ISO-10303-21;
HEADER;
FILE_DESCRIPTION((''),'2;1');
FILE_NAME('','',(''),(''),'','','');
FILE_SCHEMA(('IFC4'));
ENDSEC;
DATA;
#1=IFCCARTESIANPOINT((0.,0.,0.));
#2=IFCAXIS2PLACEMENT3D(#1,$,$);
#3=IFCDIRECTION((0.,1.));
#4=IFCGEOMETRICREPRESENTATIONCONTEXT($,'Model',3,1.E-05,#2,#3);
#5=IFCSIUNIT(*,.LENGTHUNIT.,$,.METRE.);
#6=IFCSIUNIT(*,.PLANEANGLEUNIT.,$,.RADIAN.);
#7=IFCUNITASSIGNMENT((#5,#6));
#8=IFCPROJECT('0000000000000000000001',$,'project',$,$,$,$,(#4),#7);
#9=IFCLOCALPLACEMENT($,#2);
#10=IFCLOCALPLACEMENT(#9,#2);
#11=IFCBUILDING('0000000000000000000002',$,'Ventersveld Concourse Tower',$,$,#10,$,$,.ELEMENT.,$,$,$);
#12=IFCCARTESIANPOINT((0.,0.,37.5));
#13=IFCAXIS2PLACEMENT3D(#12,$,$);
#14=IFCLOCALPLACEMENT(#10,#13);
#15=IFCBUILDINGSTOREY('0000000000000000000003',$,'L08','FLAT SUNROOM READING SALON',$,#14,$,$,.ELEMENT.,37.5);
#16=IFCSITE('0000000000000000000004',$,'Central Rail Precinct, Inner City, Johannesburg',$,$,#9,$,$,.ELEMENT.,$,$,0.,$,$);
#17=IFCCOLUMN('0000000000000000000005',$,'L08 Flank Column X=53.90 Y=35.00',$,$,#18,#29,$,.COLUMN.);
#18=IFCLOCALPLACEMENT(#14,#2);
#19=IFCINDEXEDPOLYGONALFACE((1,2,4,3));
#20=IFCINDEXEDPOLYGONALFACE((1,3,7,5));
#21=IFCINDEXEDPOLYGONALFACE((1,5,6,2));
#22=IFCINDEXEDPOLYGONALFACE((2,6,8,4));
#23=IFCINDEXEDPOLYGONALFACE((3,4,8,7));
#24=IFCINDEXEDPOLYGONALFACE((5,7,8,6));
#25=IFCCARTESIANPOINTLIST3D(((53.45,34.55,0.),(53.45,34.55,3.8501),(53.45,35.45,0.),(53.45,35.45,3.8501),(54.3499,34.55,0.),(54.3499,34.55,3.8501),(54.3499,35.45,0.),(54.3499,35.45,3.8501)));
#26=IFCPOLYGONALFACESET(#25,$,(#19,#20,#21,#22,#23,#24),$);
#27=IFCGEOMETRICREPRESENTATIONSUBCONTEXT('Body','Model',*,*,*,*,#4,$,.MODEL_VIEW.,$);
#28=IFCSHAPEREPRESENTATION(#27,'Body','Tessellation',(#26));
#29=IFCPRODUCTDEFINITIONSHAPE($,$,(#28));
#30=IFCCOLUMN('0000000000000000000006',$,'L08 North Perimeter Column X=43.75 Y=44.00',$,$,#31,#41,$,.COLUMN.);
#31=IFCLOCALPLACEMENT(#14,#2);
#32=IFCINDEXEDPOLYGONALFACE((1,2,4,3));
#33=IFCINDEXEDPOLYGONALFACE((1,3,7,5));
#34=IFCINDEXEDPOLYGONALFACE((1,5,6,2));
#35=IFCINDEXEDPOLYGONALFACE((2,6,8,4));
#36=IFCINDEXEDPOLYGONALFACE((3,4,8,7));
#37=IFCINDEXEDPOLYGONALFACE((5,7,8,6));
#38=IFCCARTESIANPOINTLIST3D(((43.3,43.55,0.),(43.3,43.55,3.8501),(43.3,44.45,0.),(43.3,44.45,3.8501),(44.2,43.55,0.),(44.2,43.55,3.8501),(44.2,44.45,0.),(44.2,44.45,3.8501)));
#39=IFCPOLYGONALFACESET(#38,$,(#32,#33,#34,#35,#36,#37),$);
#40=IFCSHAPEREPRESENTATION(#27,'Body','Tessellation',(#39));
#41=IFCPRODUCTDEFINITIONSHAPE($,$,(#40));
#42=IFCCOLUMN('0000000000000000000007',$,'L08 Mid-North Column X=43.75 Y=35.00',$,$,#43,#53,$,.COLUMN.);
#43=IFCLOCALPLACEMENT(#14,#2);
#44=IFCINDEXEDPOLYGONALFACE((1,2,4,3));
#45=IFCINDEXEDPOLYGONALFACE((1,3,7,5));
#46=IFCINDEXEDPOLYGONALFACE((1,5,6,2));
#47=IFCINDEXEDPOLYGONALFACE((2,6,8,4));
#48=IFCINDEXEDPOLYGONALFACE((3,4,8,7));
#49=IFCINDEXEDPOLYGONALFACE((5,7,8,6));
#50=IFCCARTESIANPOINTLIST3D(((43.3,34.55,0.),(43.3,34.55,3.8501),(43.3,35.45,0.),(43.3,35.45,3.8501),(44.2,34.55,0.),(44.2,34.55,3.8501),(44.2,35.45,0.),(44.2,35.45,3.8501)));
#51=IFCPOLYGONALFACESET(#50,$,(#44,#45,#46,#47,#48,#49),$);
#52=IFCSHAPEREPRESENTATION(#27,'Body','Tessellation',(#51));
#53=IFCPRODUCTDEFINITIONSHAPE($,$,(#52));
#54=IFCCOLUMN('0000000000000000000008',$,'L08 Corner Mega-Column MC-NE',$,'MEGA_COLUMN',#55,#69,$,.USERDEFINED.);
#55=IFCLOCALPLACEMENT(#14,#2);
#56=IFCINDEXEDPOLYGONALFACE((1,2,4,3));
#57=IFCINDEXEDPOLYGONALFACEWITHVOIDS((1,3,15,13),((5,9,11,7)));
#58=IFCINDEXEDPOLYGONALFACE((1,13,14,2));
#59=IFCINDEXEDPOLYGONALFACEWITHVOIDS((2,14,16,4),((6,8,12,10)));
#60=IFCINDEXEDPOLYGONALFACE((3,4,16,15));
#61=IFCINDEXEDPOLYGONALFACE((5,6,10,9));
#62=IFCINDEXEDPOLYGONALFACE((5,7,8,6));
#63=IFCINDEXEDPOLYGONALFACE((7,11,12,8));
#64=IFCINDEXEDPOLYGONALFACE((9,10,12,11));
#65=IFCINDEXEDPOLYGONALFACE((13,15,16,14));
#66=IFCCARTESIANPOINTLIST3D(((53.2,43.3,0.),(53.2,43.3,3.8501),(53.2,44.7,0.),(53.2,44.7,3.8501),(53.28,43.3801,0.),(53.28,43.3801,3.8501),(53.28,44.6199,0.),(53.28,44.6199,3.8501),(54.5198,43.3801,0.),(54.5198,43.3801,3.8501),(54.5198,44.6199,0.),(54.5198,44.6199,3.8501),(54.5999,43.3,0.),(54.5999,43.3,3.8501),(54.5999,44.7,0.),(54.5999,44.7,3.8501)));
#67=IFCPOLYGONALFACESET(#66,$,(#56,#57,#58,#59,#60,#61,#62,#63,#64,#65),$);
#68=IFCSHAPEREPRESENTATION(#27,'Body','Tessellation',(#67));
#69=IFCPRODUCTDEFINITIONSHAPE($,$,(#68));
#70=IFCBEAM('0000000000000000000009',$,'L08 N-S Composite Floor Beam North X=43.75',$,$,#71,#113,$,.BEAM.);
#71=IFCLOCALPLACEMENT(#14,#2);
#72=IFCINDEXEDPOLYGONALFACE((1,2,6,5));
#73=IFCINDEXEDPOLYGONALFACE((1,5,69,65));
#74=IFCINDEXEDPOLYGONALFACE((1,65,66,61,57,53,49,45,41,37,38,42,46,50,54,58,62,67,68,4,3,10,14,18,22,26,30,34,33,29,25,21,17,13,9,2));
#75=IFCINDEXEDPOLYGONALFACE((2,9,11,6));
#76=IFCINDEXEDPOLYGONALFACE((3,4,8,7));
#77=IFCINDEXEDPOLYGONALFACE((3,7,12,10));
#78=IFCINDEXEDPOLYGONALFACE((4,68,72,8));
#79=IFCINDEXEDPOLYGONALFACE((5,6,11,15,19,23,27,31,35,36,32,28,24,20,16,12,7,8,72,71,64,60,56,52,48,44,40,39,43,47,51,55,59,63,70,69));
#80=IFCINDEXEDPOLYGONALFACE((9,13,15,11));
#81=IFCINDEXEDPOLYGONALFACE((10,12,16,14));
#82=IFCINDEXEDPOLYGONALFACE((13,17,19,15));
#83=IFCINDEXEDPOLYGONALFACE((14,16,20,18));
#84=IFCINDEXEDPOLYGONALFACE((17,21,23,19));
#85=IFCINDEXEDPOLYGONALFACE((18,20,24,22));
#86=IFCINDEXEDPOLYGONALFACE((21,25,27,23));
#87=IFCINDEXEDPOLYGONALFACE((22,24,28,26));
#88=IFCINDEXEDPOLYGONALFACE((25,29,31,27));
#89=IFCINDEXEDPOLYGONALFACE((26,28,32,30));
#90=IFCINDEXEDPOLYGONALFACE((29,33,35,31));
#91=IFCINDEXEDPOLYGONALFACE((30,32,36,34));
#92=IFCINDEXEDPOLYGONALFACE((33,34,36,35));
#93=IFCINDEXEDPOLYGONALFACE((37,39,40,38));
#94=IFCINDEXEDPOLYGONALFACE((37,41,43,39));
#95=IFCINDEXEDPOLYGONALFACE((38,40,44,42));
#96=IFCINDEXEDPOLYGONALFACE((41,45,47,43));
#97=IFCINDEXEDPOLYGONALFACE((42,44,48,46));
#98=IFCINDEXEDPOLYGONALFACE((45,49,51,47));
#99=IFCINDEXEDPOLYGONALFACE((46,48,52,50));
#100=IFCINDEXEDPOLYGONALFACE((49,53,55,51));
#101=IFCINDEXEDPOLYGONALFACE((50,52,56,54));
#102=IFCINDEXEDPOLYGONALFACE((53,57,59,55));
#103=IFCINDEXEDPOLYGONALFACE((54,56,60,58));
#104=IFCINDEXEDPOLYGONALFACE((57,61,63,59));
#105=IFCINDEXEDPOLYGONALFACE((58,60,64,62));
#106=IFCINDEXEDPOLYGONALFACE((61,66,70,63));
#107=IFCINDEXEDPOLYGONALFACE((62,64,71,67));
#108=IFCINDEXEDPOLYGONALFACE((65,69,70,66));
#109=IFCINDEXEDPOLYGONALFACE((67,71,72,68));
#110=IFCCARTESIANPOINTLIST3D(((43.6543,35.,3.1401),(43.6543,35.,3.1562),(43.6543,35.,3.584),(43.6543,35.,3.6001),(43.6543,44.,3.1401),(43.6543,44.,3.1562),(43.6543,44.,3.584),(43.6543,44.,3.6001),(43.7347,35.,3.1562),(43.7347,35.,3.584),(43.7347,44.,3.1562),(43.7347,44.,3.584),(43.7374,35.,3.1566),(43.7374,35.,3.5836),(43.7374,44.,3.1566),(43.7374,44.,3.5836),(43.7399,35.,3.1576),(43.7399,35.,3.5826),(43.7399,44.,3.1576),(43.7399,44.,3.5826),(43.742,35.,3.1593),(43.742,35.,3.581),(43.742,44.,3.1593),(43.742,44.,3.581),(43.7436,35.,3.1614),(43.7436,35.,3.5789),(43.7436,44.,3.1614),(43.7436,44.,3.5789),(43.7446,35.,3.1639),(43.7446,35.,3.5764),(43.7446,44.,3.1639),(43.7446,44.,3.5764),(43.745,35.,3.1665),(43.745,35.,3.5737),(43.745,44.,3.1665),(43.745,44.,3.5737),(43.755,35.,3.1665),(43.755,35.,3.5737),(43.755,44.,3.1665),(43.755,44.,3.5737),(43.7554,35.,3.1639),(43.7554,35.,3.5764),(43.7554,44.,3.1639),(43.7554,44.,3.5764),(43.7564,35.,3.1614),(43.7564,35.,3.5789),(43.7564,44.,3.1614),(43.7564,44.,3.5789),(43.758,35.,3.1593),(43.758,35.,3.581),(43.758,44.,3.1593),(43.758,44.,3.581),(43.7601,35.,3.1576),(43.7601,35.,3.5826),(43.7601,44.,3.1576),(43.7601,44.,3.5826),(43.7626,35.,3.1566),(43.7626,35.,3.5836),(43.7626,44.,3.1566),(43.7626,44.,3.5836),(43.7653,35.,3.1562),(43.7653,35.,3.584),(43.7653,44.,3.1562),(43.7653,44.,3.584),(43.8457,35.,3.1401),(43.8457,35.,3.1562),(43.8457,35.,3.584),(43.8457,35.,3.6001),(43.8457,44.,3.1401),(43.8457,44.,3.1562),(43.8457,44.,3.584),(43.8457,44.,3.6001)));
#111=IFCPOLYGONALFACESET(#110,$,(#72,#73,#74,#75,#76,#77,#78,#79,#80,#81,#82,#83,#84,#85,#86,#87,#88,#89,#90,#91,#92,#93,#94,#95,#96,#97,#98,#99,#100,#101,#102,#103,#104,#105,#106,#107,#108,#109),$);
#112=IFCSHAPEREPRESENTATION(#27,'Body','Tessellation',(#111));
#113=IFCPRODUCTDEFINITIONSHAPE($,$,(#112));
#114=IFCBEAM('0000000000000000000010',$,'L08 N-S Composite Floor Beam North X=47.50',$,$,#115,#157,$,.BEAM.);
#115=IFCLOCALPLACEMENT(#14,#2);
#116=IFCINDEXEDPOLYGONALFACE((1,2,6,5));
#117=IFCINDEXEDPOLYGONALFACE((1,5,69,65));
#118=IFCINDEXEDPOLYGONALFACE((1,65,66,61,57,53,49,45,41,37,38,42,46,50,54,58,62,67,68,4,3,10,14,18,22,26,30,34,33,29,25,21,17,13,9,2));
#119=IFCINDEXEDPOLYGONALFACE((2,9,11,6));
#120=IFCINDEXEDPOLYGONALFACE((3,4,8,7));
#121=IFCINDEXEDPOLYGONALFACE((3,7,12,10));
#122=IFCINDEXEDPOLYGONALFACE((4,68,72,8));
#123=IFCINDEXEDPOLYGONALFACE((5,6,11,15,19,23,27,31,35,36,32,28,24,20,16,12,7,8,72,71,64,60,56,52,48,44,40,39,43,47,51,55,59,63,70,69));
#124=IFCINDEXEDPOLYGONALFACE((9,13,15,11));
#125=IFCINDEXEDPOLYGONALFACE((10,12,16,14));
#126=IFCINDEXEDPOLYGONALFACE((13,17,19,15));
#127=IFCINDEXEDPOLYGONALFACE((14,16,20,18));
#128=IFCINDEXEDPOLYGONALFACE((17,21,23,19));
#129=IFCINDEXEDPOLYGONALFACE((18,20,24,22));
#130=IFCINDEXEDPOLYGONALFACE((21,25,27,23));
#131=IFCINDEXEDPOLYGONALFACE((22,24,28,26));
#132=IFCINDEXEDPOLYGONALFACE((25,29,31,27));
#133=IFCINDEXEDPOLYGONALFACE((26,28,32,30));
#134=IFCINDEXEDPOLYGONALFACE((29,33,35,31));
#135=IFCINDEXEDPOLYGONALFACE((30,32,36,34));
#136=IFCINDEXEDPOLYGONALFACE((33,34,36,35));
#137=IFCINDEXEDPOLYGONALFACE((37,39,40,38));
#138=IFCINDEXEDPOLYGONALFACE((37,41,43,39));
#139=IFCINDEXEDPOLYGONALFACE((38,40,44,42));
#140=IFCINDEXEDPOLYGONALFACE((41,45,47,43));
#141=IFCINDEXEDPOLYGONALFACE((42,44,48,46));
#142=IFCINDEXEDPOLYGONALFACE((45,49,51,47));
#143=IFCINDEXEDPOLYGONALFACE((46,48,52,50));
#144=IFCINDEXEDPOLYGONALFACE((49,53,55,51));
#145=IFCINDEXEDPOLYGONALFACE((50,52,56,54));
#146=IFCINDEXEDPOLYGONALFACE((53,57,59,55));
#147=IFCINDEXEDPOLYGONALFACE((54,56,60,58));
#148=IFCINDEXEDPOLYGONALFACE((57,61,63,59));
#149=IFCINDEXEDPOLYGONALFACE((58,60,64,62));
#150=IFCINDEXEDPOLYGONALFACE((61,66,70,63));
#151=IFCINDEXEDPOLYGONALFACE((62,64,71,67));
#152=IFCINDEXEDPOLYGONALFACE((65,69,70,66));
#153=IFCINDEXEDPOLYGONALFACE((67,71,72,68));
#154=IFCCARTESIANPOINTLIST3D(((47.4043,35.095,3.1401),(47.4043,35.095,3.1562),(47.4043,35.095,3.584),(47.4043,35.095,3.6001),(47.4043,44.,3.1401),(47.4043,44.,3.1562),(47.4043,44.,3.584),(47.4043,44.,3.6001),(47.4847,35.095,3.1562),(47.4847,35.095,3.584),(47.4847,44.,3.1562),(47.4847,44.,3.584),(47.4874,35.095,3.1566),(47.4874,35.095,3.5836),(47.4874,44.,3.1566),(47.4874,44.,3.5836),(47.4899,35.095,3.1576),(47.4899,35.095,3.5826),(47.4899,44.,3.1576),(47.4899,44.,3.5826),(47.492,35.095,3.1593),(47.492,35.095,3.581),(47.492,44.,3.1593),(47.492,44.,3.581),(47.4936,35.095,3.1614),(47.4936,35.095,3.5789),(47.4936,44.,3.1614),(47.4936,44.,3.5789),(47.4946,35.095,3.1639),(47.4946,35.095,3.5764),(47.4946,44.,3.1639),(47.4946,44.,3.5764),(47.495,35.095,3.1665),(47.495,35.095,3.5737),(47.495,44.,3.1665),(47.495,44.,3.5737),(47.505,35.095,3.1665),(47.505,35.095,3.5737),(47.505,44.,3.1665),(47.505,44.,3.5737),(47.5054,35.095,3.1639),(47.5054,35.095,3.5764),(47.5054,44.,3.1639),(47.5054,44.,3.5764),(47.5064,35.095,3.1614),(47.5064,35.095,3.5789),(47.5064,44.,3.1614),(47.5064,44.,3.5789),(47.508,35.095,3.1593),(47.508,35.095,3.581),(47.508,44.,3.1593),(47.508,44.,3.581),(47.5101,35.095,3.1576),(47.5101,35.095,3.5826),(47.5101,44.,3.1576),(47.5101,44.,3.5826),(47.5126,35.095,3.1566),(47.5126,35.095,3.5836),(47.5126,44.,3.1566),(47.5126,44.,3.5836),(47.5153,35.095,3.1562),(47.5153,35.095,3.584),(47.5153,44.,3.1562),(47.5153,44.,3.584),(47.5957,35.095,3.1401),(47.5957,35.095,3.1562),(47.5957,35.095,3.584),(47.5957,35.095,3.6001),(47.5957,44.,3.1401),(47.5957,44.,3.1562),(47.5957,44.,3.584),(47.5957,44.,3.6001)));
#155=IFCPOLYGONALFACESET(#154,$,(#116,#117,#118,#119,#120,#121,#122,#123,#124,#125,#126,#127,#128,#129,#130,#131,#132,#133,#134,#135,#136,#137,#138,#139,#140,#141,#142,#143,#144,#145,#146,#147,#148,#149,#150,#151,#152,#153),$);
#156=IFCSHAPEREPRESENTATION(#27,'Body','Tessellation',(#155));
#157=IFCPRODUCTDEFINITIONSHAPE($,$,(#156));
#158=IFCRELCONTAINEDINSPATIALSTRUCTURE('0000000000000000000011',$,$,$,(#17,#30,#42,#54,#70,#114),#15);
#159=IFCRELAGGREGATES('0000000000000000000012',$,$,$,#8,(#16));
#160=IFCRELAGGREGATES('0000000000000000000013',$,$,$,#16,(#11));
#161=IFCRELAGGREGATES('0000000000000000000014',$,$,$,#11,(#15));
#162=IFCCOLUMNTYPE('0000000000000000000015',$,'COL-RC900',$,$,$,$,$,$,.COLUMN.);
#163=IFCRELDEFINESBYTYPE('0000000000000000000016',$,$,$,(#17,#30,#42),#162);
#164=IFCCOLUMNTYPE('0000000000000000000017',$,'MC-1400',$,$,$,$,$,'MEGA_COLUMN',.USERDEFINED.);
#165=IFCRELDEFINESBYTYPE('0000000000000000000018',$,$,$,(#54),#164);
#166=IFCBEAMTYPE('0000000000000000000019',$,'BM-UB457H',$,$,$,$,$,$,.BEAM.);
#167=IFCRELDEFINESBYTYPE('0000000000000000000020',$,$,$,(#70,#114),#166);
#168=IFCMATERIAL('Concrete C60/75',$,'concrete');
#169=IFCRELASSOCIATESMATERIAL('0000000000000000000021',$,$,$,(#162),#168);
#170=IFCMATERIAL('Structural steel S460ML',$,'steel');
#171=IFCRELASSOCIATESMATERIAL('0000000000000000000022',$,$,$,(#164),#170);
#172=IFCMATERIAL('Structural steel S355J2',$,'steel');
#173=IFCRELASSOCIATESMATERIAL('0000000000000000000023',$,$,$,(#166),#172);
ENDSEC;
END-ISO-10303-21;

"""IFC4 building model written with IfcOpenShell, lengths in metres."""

from ifc_helpers import new_model, si_unit, direction, frame, origin, origin_2d, place, context, subcontext, project, spatial, rectangle, hollow_rectangle, i_section, extrude, material, material_profile, profile_set, type_object, element, save


model = new_model("IFC4")

# Units and contexts
model_context = context("Model", 3, precision=1e-05, world=origin(), true_north=direction((0.0, 1.0)))
body_context = subcontext(model_context, "Body", "Model", "MODEL_VIEW")
ifc_project = project(units=[si_unit("LENGTHUNIT", "METRE"), si_unit("PLANEANGLEUNIT", "RADIAN")], contexts=[model_context])

# Site, building, storey
site_placement = place(None, origin())
site = spatial("IfcSite", under=ifc_project, at=site_placement, Name="Central Rail Precinct, Inner City, Johannesburg", CompositionType="ELEMENT", RefElevation=0.0)
building_placement = place(site_placement, origin())
building = spatial("IfcBuilding", under=site, at=building_placement, Name="Ventersveld Concourse Tower", CompositionType="ELEMENT")
storey_placement = place(building_placement, frame((0.0, 0.0, 37.5)))
storey = spatial("IfcBuildingStorey", under=building, at=storey_placement, Name="L08", Description="FLAT SUNROOM READING SALON", CompositionType="ELEMENT", Elevation=37.5)

# Columns
ifc_material_1 = material(Name="Concrete C60/75", Category="concrete")
ifc_material_profile_1 = material_profile(ifc_material_1, rectangle(XDim=0.8999, YDim=0.8999, at=origin_2d()), Name="RC 900x900")
ifc_profile_set_1 = profile_set([ifc_material_profile_1], Name="Concrete C60/75")
column_type_1 = type_object("IfcColumnType", Name="COL-RC900", PredefinedType="COLUMN", material=ifc_profile_set_1)
for number, where, z_axis, x_axis, name in (
    (1, (53.8999, 35.0, 0.0), (0.0, 0.0, 1.0), (1.0, 0.0, 0.0), "L08 Flank Column X=53.90 Y=35.00"),
    (2, (43.75, 44.0, 0.0), (0.0, 0.0, 1.0), (1.0, 0.0, 0.0), "L08 North Perimeter Column X=43.75 Y=44.00"),
    (3, (43.75, 35.0, 0.0), (0.0, 0.0, 1.0), (1.0, 0.0, 0.0), "L08 Mid-North Column X=43.75 Y=35.00"),
):
    element("IfcColumn", number, at=place(storey_placement, frame(where, z_axis=z_axis, x_axis=x_axis)), inside=storey, type_object=column_type_1, Name=name, PredefinedType="COLUMN", context=body_context, shape_type="SweptSolid", body=[
        extrude(rectangle(XDim=0.8999, YDim=0.8999, at=origin_2d()), origin(), (0.0, 0.0, 1.0), 3.8501),
    ])
ifc_material_2 = material(Name="Structural steel S460ML", Category="steel")
ifc_material_profile_2 = material_profile(ifc_material_2, hollow_rectangle(XDim=1.3999, YDim=1.3999, WallThickness=0.0801, at=origin_2d()), Name="BOX 1400x1400x80")
ifc_profile_set_2 = profile_set([ifc_material_profile_2], Name="Structural steel S460ML")
column_type_2 = type_object("IfcColumnType", Name="MC-1400", ElementType="MEGA_COLUMN", PredefinedType="USERDEFINED", material=ifc_profile_set_2)
column_placement = place(storey_placement, frame((53.8999, 44.0, 0.0), z_axis=(0.0, 0.0, 1.0), x_axis=(1.0, 0.0, 0.0)))
element("IfcColumn", 4, at=column_placement, inside=storey, type_object=column_type_2, Name="L08 Corner Mega-Column MC-NE", ObjectType="MEGA_COLUMN", PredefinedType="USERDEFINED", context=body_context, shape_type="SweptSolid", body=[
    extrude(hollow_rectangle(XDim=1.3999, YDim=1.3999, WallThickness=0.0801, at=origin_2d()), origin(), (0.0, 0.0, 1.0), 3.8501),
])

# Beams
ifc_material_3 = material(Name="Structural steel S355J2", Category="steel")
ifc_material_profile_3 = material_profile(ifc_material_3, i_section(OverallWidth=0.1914, OverallDepth=0.46, WebThickness=0.01, FlangeThickness=0.0161, FilletRadius=0.0103, at=origin_2d()), Name="UB 457x191x82")
ifc_profile_set_3 = profile_set([ifc_material_profile_3], Name="Structural steel S355J2")
beam_type_1 = type_object("IfcBeamType", Name="BM-UB457H", PredefinedType="BEAM", material=ifc_profile_set_3)
beam_1_placement = place(storey_placement, frame((43.75, 35.0, 3.3701), z_axis=(0.0, 1.0, 0.0), x_axis=(-1.0, 0.0, 0.0)))
element("IfcBeam", 5, at=beam_1_placement, inside=storey, type_object=beam_type_1, Name="L08 N-S Composite Floor Beam North X=43.75", PredefinedType="BEAM", context=body_context, shape_type="SweptSolid", body=[
    extrude(i_section(OverallWidth=0.1914, OverallDepth=0.46, WebThickness=0.01, FlangeThickness=0.0161, FilletRadius=0.0103, at=origin_2d()), origin(), (0.0, 0.0, 1.0), 9.0),
])
beam_2_placement = place(storey_placement, frame((47.5, 35.095, 3.3701), z_axis=(0.0, 1.0, 0.0), x_axis=(-1.0, 0.0, 0.0)))
element("IfcBeam", 6, at=beam_2_placement, inside=storey, type_object=beam_type_1, Name="L08 N-S Composite Floor Beam North X=47.50", PredefinedType="BEAM", context=body_context, shape_type="SweptSolid", body=[
    extrude(i_section(OverallWidth=0.1914, OverallDepth=0.46, WebThickness=0.01, FlangeThickness=0.0161, FilletRadius=0.0103, at=origin_2d()), origin(), (0.0, 0.0, 1.0), 8.905),
])

save(model, "model.ifc")
